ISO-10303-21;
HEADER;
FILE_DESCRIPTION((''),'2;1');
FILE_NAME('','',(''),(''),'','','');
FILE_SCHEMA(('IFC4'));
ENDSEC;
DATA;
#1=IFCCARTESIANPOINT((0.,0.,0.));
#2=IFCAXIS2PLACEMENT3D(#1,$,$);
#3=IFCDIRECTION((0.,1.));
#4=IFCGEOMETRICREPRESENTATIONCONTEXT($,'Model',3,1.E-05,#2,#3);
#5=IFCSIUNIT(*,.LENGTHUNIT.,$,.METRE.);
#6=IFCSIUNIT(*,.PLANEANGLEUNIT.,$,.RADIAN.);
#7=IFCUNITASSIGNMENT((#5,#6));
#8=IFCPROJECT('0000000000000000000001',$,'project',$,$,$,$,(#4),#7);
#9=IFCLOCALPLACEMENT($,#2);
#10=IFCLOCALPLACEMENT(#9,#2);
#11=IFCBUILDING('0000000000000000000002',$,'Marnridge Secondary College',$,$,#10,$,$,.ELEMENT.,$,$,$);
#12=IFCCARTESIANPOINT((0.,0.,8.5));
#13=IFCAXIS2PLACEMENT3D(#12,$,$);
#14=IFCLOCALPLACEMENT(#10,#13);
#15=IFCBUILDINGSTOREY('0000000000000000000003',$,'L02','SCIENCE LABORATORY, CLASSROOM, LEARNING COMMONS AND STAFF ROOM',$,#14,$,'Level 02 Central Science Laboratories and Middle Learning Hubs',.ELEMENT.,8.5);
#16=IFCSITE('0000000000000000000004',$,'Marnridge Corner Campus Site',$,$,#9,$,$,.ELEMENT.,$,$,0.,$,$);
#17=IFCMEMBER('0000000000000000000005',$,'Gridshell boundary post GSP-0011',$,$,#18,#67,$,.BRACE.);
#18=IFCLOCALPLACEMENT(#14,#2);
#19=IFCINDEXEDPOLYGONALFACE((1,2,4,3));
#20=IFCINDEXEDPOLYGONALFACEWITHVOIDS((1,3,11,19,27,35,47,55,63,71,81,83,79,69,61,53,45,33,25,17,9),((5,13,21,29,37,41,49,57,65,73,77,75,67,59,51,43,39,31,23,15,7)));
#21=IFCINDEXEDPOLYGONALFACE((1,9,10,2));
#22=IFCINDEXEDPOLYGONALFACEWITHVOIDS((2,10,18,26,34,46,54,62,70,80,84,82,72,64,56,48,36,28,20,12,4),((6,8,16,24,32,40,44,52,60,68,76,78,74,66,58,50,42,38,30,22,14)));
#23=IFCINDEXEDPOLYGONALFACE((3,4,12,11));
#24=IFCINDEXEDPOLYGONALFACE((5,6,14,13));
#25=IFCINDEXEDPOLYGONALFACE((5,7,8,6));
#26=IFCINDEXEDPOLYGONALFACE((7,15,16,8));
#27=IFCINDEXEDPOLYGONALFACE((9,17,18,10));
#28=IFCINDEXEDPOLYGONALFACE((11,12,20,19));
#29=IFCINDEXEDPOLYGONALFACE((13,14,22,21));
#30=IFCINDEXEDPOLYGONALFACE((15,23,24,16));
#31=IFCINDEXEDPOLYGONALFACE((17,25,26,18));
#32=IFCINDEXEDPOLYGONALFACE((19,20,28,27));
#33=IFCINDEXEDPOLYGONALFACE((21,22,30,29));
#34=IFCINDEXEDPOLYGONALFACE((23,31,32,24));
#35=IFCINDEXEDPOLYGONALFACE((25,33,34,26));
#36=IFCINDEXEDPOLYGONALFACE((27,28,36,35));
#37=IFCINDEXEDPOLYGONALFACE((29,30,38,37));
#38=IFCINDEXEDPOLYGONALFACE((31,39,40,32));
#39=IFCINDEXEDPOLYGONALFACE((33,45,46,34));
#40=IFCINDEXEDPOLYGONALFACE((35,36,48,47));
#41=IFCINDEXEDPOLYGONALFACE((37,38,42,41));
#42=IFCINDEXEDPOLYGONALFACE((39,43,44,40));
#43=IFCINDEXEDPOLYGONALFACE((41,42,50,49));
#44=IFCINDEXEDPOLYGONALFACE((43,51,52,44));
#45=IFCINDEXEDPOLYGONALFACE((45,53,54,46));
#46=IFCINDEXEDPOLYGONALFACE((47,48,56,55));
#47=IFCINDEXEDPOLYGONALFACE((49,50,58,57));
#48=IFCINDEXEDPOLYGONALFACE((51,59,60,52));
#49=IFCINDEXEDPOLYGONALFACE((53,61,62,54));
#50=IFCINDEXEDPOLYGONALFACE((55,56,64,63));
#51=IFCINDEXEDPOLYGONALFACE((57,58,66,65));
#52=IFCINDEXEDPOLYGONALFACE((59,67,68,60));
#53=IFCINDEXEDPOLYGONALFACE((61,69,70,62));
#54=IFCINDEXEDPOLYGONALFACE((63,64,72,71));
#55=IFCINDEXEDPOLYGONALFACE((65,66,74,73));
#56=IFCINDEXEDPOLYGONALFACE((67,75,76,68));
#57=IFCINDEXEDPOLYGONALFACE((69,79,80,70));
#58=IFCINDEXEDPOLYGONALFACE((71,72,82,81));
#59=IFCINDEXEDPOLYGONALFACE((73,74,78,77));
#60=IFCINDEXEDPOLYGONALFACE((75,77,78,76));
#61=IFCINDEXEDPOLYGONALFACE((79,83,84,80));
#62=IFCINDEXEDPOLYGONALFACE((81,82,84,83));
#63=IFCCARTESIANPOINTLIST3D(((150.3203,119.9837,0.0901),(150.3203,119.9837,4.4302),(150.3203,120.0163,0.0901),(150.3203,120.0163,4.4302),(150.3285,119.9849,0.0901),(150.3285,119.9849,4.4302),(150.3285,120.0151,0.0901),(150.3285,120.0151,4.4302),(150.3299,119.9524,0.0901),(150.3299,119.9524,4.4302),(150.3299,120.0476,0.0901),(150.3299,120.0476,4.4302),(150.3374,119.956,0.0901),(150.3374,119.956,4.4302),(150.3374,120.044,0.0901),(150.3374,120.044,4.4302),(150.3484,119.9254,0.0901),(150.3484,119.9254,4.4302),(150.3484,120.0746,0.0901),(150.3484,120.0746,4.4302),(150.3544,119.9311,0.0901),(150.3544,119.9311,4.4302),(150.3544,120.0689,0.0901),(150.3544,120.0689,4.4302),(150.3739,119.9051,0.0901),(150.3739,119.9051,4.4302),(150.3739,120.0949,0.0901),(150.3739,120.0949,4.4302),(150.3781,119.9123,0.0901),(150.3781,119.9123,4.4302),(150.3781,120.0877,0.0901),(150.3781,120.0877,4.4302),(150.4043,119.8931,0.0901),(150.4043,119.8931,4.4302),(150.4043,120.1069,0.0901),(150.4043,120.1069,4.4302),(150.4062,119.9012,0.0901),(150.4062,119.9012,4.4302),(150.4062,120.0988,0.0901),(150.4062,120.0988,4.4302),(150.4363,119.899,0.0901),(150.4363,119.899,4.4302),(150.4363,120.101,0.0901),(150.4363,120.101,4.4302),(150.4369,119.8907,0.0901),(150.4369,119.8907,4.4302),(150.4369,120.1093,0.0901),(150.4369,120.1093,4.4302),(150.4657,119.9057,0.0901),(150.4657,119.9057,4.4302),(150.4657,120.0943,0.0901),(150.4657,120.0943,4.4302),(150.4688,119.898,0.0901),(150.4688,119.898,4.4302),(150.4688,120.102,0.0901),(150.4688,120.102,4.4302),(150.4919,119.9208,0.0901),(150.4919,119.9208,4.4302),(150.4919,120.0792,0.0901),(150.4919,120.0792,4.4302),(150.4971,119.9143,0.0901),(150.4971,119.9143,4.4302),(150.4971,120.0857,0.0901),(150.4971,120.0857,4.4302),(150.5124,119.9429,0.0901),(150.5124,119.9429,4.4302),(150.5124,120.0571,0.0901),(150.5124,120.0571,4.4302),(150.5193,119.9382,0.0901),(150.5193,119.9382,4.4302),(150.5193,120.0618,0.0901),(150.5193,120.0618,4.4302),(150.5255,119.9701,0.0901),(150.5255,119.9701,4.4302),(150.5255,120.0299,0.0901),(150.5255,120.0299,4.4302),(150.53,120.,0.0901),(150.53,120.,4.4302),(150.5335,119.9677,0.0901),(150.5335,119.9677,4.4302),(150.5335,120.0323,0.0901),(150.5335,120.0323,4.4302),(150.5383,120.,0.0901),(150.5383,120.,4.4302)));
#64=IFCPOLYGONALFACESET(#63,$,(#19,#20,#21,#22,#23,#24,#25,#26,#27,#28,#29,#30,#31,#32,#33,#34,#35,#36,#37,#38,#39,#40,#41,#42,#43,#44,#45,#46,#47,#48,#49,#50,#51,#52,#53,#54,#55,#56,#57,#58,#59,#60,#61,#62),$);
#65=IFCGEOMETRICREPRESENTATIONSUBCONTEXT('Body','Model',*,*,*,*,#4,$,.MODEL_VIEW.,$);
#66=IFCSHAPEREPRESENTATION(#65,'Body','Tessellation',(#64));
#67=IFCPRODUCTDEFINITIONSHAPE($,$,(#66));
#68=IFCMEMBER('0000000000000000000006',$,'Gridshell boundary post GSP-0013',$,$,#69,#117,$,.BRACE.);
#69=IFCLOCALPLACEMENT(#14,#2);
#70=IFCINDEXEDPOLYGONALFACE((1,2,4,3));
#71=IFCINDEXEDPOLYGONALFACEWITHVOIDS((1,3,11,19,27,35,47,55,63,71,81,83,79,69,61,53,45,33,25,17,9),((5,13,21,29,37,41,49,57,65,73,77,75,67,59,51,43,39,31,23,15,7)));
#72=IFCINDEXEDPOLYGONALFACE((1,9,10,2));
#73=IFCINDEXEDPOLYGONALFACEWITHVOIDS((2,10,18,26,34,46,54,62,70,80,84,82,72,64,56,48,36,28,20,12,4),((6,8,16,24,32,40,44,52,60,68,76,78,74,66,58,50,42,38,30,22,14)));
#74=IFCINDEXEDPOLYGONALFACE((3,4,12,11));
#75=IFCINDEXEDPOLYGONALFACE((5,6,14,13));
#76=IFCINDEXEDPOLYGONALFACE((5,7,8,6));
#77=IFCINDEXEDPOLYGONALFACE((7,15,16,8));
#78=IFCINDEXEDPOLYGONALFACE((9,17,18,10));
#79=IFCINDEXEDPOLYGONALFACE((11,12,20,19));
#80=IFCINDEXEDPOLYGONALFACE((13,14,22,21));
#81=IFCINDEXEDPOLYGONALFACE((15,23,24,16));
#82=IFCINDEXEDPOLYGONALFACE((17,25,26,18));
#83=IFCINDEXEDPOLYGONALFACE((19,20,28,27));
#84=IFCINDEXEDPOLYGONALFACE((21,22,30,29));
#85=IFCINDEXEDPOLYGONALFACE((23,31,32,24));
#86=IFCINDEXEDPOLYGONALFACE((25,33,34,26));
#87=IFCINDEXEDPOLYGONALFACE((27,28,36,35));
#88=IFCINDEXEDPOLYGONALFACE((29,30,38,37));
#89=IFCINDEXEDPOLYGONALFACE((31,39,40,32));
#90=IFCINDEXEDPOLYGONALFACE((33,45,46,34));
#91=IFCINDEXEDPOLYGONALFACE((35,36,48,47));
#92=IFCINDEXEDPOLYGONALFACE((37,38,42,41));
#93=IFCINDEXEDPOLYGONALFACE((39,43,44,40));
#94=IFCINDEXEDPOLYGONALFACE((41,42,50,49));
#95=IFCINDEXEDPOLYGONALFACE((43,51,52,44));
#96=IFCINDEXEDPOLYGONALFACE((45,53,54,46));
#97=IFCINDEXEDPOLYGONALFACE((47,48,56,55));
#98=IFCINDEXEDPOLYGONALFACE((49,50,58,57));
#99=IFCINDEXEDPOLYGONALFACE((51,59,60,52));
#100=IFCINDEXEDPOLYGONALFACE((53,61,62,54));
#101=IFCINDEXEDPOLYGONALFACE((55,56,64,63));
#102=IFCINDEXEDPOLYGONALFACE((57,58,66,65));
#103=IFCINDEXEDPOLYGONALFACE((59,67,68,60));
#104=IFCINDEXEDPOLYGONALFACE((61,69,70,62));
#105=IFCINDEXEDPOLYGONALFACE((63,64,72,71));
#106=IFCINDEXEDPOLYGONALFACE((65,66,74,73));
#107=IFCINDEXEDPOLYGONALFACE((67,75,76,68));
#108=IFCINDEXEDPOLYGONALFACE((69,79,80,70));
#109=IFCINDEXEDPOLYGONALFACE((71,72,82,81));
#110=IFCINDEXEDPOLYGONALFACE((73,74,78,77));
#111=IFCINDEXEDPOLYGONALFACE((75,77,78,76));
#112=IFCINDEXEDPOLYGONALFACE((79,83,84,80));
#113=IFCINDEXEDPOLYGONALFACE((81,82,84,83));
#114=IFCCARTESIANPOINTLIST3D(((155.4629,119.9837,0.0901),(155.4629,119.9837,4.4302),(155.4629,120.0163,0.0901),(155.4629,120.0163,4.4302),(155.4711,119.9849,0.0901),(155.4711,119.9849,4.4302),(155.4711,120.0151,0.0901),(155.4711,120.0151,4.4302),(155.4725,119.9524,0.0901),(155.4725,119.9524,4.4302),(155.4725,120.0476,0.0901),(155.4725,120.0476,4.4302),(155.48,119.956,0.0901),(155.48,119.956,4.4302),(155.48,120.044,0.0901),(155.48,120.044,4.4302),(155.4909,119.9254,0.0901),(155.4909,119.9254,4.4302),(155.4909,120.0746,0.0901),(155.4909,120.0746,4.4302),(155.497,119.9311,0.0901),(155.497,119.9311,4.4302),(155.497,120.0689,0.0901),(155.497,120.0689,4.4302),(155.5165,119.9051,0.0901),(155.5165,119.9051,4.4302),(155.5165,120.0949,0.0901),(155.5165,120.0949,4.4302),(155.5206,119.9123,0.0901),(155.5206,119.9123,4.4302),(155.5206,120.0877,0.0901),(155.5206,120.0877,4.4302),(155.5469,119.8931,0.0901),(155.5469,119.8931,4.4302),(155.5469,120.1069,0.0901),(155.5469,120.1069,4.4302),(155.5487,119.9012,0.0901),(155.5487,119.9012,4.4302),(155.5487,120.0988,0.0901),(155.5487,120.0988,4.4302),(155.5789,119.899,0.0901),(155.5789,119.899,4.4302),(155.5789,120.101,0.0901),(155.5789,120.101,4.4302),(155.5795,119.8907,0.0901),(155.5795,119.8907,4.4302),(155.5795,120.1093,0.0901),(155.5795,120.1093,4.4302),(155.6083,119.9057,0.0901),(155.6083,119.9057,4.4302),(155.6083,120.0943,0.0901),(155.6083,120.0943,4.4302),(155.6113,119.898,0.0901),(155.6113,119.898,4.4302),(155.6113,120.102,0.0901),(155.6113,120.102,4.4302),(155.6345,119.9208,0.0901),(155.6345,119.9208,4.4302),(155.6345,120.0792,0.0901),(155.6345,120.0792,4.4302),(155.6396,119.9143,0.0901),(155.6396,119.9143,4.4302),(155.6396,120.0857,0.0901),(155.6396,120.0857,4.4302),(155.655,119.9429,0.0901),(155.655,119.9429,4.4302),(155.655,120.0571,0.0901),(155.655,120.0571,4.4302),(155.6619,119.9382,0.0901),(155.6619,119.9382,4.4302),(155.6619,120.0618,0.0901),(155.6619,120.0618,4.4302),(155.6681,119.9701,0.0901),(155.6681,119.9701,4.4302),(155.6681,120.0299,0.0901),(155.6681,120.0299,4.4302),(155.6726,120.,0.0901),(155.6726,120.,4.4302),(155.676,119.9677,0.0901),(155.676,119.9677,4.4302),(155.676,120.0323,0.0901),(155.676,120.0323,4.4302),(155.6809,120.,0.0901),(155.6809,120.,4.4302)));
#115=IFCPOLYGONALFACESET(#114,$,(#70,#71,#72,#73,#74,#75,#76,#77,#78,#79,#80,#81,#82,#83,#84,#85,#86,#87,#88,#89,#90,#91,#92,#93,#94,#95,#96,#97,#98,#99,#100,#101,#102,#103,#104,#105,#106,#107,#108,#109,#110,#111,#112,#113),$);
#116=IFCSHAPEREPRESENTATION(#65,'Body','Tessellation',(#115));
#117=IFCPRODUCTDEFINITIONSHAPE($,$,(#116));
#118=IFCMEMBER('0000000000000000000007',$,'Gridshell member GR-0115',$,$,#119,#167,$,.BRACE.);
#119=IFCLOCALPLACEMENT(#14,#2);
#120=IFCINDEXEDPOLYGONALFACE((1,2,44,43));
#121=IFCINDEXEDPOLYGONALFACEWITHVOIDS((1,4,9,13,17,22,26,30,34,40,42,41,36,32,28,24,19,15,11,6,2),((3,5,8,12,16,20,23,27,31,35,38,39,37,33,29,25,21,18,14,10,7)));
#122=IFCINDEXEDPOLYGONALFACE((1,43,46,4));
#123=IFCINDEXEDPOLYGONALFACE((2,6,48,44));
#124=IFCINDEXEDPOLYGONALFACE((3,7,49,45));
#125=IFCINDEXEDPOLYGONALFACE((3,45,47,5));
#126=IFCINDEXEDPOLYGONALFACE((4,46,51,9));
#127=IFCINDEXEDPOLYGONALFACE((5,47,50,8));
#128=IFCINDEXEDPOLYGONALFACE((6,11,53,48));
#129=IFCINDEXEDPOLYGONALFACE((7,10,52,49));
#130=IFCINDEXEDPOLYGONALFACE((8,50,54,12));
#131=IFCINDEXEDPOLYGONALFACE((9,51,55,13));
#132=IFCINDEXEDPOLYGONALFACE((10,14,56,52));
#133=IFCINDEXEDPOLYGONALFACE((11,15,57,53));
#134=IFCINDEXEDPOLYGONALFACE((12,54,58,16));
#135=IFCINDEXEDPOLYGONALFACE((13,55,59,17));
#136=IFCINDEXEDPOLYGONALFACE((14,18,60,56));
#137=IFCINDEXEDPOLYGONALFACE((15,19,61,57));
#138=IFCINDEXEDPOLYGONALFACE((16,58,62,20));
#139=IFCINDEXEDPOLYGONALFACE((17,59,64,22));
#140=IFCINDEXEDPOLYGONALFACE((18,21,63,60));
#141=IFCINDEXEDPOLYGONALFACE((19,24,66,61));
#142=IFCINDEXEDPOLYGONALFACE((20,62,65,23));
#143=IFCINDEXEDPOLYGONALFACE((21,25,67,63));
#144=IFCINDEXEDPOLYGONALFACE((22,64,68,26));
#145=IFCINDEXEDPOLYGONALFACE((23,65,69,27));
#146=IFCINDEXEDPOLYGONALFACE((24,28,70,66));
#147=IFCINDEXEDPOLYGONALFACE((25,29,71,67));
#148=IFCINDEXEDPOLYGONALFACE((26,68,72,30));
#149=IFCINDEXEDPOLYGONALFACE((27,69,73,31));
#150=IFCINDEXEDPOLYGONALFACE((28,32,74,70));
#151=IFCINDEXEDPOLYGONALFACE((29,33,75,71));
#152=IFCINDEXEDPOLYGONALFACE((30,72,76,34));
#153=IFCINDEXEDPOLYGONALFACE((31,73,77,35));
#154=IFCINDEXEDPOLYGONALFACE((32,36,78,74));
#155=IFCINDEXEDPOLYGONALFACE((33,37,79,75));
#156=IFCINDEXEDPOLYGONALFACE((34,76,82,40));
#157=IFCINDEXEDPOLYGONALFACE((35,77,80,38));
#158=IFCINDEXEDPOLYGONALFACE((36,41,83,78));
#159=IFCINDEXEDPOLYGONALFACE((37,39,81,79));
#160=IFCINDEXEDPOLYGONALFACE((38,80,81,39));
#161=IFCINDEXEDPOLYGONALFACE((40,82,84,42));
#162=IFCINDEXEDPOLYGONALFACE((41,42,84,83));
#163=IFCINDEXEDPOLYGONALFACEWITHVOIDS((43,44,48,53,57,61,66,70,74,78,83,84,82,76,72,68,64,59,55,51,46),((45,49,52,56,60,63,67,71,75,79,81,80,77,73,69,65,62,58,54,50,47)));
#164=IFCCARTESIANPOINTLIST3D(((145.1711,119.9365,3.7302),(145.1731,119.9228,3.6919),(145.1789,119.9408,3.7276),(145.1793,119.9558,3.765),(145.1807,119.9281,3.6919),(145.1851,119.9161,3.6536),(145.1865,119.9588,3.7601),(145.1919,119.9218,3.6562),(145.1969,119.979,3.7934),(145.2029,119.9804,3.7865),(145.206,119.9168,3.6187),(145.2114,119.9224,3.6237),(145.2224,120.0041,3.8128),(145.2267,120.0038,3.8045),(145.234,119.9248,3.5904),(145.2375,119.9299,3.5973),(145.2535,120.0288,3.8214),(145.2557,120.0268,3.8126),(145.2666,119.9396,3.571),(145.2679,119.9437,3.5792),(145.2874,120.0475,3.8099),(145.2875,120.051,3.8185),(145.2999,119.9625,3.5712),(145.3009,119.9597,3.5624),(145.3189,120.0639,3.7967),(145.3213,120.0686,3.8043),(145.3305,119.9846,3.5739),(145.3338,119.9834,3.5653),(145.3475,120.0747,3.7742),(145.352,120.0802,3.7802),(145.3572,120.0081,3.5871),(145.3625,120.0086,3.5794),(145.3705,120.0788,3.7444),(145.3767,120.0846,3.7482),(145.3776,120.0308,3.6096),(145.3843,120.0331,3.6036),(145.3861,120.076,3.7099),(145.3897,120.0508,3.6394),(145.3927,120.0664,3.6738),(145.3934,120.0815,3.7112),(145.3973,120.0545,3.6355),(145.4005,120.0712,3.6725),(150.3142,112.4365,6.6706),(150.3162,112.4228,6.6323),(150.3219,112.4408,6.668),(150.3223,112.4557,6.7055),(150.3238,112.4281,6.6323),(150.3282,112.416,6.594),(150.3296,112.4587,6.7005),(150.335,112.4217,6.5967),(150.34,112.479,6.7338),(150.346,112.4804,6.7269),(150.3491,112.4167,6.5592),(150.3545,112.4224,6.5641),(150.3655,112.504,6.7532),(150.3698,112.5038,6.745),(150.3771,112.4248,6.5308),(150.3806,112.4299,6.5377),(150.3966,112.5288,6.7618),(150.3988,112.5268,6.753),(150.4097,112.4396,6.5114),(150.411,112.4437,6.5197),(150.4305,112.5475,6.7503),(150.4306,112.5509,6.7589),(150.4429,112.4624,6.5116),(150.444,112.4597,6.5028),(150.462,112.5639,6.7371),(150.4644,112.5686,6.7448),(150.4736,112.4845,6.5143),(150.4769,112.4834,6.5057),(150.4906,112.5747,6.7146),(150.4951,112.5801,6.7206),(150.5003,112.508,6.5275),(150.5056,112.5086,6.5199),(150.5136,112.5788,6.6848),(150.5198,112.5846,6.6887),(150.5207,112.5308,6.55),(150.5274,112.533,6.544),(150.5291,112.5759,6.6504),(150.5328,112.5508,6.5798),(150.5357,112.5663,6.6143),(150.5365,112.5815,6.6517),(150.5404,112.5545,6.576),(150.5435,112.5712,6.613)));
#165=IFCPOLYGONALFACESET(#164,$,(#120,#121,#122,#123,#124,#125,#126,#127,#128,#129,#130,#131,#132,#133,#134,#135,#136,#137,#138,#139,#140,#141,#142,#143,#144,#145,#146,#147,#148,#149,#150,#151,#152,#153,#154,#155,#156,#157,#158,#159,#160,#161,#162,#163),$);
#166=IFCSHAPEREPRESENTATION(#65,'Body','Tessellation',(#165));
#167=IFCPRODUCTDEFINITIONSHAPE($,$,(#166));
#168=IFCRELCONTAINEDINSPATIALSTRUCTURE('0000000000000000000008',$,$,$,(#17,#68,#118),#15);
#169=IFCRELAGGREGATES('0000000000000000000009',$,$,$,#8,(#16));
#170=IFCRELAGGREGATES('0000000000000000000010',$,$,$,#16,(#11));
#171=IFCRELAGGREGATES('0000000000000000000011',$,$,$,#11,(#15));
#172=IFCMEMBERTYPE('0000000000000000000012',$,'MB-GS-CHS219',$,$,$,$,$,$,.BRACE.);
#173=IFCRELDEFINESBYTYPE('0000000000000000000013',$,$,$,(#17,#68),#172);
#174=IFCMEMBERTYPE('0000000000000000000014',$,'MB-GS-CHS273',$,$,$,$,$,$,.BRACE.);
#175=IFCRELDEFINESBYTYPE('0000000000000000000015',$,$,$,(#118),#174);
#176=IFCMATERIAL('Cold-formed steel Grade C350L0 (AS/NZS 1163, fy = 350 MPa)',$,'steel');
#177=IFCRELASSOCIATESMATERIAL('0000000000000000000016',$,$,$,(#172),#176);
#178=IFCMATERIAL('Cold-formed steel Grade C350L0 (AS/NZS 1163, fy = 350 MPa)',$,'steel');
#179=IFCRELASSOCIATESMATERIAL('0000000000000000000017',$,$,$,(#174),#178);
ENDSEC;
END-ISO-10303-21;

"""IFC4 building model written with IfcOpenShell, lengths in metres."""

from ifc_helpers import new_model, si_unit, direction, frame, origin, origin_2d, place, context, subcontext, project, spatial, hollow_circle, extrude, material, material_profile, profile_set, type_object, element, save


model = new_model("IFC4")

# Units and contexts
model_context = context("Model", 3, precision=1e-05, world=origin(), true_north=direction((0.0, 1.0)))
body_context = subcontext(model_context, "Body", "Model", "MODEL_VIEW")
ifc_project = project(units=[si_unit("LENGTHUNIT", "METRE"), si_unit("PLANEANGLEUNIT", "RADIAN")], contexts=[model_context])

# Site, building, storey
site_placement = place(None, origin())
site = spatial("IfcSite", under=ifc_project, at=site_placement, Name="Marnridge Corner Campus Site", CompositionType="ELEMENT", RefElevation=0.0)
building_placement = place(site_placement, origin())
building = spatial("IfcBuilding", under=site, at=building_placement, Name="Marnridge Secondary College", CompositionType="ELEMENT")
storey_placement = place(building_placement, frame((0.0, 0.0, 8.5)))
storey = spatial("IfcBuildingStorey", under=building, at=storey_placement, Name="L02", Description="SCIENCE LABORATORY, CLASSROOM, LEARNING COMMONS AND STAFF ROOM", LongName="Level 02 Central Science Laboratories and Middle Learning Hubs", CompositionType="ELEMENT", Elevation=8.5)

# Members
ifc_material_1 = material(Name="Cold-formed steel Grade C350L0 (AS/NZS 1163, fy = 350 MPa)", Category="steel")
ifc_material_profile_1 = material_profile(ifc_material_1, hollow_circle(Radius=0.1096, WallThickness=0.0083, at=origin_2d()), Name="219.1x8.2CHS")
ifc_profile_set_1 = profile_set([ifc_material_profile_1], Name="Cold-formed steel Grade C350L0 (AS/NZS 1163, fy = 350 MPa)")
member_type_1 = type_object("IfcMemberType", Name="MB-GS-CHS219", PredefinedType="BRACE", material=ifc_profile_set_1)
for number, where, z_axis, x_axis, name in (
    (1, (150.4287, 120.0, 0.0901), (0.0, 0.0, 1.0), (1.0, 0.0, 0.0), "Gridshell boundary post GSP-0011"),
    (2, (155.5713, 120.0, 0.0901), (0.0, 0.0, 1.0), (1.0, 0.0, 0.0), "Gridshell boundary post GSP-0013"),
):
    element("IfcMember", number, at=place(storey_placement, frame(where, z_axis=z_axis, x_axis=x_axis)), inside=storey, type_object=member_type_1, Name=name, PredefinedType="BRACE", context=body_context, shape_type="SweptSolid", body=[
        extrude(hollow_circle(Radius=0.1096, WallThickness=0.0083, at=origin_2d()), origin(), (0.0, 0.0, 1.0), 4.3401),
    ])
ifc_material_2 = material(Name="Cold-formed steel Grade C350L0 (AS/NZS 1163, fy = 350 MPa)", Category="steel")
ifc_material_profile_2 = material_profile(ifc_material_2, hollow_circle(Radius=0.1365, WallThickness=0.0093, at=origin_2d()), Name="273.1x9.3CHS")
ifc_profile_set_2 = profile_set([ifc_material_profile_2], Name="Cold-formed steel Grade C350L0 (AS/NZS 1163, fy = 350 MPa)")
member_type_2 = type_object("IfcMemberType", Name="MB-GS-CHS273", PredefinedType="BRACE", material=ifc_profile_set_2)
member_1_placement = place(storey_placement, frame((150.4287, 112.5, 6.6323), z_axis=(-0.538114, 0.784718, -0.307654), x_axis=(-0.824718, -0.565544, 0.0)))
element("IfcMember", 3, at=member_1_placement, inside=storey, type_object=member_type_2, Name="Gridshell member GR-0115", PredefinedType="BRACE", context=body_context, shape_type="SweptSolid", body=[
    extrude(hollow_circle(Radius=0.1365, WallThickness=0.0093, at=origin_2d()), origin(), (0.0, 0.0, 1.0), 9.5576),
])

save(model, "model.ifc")
